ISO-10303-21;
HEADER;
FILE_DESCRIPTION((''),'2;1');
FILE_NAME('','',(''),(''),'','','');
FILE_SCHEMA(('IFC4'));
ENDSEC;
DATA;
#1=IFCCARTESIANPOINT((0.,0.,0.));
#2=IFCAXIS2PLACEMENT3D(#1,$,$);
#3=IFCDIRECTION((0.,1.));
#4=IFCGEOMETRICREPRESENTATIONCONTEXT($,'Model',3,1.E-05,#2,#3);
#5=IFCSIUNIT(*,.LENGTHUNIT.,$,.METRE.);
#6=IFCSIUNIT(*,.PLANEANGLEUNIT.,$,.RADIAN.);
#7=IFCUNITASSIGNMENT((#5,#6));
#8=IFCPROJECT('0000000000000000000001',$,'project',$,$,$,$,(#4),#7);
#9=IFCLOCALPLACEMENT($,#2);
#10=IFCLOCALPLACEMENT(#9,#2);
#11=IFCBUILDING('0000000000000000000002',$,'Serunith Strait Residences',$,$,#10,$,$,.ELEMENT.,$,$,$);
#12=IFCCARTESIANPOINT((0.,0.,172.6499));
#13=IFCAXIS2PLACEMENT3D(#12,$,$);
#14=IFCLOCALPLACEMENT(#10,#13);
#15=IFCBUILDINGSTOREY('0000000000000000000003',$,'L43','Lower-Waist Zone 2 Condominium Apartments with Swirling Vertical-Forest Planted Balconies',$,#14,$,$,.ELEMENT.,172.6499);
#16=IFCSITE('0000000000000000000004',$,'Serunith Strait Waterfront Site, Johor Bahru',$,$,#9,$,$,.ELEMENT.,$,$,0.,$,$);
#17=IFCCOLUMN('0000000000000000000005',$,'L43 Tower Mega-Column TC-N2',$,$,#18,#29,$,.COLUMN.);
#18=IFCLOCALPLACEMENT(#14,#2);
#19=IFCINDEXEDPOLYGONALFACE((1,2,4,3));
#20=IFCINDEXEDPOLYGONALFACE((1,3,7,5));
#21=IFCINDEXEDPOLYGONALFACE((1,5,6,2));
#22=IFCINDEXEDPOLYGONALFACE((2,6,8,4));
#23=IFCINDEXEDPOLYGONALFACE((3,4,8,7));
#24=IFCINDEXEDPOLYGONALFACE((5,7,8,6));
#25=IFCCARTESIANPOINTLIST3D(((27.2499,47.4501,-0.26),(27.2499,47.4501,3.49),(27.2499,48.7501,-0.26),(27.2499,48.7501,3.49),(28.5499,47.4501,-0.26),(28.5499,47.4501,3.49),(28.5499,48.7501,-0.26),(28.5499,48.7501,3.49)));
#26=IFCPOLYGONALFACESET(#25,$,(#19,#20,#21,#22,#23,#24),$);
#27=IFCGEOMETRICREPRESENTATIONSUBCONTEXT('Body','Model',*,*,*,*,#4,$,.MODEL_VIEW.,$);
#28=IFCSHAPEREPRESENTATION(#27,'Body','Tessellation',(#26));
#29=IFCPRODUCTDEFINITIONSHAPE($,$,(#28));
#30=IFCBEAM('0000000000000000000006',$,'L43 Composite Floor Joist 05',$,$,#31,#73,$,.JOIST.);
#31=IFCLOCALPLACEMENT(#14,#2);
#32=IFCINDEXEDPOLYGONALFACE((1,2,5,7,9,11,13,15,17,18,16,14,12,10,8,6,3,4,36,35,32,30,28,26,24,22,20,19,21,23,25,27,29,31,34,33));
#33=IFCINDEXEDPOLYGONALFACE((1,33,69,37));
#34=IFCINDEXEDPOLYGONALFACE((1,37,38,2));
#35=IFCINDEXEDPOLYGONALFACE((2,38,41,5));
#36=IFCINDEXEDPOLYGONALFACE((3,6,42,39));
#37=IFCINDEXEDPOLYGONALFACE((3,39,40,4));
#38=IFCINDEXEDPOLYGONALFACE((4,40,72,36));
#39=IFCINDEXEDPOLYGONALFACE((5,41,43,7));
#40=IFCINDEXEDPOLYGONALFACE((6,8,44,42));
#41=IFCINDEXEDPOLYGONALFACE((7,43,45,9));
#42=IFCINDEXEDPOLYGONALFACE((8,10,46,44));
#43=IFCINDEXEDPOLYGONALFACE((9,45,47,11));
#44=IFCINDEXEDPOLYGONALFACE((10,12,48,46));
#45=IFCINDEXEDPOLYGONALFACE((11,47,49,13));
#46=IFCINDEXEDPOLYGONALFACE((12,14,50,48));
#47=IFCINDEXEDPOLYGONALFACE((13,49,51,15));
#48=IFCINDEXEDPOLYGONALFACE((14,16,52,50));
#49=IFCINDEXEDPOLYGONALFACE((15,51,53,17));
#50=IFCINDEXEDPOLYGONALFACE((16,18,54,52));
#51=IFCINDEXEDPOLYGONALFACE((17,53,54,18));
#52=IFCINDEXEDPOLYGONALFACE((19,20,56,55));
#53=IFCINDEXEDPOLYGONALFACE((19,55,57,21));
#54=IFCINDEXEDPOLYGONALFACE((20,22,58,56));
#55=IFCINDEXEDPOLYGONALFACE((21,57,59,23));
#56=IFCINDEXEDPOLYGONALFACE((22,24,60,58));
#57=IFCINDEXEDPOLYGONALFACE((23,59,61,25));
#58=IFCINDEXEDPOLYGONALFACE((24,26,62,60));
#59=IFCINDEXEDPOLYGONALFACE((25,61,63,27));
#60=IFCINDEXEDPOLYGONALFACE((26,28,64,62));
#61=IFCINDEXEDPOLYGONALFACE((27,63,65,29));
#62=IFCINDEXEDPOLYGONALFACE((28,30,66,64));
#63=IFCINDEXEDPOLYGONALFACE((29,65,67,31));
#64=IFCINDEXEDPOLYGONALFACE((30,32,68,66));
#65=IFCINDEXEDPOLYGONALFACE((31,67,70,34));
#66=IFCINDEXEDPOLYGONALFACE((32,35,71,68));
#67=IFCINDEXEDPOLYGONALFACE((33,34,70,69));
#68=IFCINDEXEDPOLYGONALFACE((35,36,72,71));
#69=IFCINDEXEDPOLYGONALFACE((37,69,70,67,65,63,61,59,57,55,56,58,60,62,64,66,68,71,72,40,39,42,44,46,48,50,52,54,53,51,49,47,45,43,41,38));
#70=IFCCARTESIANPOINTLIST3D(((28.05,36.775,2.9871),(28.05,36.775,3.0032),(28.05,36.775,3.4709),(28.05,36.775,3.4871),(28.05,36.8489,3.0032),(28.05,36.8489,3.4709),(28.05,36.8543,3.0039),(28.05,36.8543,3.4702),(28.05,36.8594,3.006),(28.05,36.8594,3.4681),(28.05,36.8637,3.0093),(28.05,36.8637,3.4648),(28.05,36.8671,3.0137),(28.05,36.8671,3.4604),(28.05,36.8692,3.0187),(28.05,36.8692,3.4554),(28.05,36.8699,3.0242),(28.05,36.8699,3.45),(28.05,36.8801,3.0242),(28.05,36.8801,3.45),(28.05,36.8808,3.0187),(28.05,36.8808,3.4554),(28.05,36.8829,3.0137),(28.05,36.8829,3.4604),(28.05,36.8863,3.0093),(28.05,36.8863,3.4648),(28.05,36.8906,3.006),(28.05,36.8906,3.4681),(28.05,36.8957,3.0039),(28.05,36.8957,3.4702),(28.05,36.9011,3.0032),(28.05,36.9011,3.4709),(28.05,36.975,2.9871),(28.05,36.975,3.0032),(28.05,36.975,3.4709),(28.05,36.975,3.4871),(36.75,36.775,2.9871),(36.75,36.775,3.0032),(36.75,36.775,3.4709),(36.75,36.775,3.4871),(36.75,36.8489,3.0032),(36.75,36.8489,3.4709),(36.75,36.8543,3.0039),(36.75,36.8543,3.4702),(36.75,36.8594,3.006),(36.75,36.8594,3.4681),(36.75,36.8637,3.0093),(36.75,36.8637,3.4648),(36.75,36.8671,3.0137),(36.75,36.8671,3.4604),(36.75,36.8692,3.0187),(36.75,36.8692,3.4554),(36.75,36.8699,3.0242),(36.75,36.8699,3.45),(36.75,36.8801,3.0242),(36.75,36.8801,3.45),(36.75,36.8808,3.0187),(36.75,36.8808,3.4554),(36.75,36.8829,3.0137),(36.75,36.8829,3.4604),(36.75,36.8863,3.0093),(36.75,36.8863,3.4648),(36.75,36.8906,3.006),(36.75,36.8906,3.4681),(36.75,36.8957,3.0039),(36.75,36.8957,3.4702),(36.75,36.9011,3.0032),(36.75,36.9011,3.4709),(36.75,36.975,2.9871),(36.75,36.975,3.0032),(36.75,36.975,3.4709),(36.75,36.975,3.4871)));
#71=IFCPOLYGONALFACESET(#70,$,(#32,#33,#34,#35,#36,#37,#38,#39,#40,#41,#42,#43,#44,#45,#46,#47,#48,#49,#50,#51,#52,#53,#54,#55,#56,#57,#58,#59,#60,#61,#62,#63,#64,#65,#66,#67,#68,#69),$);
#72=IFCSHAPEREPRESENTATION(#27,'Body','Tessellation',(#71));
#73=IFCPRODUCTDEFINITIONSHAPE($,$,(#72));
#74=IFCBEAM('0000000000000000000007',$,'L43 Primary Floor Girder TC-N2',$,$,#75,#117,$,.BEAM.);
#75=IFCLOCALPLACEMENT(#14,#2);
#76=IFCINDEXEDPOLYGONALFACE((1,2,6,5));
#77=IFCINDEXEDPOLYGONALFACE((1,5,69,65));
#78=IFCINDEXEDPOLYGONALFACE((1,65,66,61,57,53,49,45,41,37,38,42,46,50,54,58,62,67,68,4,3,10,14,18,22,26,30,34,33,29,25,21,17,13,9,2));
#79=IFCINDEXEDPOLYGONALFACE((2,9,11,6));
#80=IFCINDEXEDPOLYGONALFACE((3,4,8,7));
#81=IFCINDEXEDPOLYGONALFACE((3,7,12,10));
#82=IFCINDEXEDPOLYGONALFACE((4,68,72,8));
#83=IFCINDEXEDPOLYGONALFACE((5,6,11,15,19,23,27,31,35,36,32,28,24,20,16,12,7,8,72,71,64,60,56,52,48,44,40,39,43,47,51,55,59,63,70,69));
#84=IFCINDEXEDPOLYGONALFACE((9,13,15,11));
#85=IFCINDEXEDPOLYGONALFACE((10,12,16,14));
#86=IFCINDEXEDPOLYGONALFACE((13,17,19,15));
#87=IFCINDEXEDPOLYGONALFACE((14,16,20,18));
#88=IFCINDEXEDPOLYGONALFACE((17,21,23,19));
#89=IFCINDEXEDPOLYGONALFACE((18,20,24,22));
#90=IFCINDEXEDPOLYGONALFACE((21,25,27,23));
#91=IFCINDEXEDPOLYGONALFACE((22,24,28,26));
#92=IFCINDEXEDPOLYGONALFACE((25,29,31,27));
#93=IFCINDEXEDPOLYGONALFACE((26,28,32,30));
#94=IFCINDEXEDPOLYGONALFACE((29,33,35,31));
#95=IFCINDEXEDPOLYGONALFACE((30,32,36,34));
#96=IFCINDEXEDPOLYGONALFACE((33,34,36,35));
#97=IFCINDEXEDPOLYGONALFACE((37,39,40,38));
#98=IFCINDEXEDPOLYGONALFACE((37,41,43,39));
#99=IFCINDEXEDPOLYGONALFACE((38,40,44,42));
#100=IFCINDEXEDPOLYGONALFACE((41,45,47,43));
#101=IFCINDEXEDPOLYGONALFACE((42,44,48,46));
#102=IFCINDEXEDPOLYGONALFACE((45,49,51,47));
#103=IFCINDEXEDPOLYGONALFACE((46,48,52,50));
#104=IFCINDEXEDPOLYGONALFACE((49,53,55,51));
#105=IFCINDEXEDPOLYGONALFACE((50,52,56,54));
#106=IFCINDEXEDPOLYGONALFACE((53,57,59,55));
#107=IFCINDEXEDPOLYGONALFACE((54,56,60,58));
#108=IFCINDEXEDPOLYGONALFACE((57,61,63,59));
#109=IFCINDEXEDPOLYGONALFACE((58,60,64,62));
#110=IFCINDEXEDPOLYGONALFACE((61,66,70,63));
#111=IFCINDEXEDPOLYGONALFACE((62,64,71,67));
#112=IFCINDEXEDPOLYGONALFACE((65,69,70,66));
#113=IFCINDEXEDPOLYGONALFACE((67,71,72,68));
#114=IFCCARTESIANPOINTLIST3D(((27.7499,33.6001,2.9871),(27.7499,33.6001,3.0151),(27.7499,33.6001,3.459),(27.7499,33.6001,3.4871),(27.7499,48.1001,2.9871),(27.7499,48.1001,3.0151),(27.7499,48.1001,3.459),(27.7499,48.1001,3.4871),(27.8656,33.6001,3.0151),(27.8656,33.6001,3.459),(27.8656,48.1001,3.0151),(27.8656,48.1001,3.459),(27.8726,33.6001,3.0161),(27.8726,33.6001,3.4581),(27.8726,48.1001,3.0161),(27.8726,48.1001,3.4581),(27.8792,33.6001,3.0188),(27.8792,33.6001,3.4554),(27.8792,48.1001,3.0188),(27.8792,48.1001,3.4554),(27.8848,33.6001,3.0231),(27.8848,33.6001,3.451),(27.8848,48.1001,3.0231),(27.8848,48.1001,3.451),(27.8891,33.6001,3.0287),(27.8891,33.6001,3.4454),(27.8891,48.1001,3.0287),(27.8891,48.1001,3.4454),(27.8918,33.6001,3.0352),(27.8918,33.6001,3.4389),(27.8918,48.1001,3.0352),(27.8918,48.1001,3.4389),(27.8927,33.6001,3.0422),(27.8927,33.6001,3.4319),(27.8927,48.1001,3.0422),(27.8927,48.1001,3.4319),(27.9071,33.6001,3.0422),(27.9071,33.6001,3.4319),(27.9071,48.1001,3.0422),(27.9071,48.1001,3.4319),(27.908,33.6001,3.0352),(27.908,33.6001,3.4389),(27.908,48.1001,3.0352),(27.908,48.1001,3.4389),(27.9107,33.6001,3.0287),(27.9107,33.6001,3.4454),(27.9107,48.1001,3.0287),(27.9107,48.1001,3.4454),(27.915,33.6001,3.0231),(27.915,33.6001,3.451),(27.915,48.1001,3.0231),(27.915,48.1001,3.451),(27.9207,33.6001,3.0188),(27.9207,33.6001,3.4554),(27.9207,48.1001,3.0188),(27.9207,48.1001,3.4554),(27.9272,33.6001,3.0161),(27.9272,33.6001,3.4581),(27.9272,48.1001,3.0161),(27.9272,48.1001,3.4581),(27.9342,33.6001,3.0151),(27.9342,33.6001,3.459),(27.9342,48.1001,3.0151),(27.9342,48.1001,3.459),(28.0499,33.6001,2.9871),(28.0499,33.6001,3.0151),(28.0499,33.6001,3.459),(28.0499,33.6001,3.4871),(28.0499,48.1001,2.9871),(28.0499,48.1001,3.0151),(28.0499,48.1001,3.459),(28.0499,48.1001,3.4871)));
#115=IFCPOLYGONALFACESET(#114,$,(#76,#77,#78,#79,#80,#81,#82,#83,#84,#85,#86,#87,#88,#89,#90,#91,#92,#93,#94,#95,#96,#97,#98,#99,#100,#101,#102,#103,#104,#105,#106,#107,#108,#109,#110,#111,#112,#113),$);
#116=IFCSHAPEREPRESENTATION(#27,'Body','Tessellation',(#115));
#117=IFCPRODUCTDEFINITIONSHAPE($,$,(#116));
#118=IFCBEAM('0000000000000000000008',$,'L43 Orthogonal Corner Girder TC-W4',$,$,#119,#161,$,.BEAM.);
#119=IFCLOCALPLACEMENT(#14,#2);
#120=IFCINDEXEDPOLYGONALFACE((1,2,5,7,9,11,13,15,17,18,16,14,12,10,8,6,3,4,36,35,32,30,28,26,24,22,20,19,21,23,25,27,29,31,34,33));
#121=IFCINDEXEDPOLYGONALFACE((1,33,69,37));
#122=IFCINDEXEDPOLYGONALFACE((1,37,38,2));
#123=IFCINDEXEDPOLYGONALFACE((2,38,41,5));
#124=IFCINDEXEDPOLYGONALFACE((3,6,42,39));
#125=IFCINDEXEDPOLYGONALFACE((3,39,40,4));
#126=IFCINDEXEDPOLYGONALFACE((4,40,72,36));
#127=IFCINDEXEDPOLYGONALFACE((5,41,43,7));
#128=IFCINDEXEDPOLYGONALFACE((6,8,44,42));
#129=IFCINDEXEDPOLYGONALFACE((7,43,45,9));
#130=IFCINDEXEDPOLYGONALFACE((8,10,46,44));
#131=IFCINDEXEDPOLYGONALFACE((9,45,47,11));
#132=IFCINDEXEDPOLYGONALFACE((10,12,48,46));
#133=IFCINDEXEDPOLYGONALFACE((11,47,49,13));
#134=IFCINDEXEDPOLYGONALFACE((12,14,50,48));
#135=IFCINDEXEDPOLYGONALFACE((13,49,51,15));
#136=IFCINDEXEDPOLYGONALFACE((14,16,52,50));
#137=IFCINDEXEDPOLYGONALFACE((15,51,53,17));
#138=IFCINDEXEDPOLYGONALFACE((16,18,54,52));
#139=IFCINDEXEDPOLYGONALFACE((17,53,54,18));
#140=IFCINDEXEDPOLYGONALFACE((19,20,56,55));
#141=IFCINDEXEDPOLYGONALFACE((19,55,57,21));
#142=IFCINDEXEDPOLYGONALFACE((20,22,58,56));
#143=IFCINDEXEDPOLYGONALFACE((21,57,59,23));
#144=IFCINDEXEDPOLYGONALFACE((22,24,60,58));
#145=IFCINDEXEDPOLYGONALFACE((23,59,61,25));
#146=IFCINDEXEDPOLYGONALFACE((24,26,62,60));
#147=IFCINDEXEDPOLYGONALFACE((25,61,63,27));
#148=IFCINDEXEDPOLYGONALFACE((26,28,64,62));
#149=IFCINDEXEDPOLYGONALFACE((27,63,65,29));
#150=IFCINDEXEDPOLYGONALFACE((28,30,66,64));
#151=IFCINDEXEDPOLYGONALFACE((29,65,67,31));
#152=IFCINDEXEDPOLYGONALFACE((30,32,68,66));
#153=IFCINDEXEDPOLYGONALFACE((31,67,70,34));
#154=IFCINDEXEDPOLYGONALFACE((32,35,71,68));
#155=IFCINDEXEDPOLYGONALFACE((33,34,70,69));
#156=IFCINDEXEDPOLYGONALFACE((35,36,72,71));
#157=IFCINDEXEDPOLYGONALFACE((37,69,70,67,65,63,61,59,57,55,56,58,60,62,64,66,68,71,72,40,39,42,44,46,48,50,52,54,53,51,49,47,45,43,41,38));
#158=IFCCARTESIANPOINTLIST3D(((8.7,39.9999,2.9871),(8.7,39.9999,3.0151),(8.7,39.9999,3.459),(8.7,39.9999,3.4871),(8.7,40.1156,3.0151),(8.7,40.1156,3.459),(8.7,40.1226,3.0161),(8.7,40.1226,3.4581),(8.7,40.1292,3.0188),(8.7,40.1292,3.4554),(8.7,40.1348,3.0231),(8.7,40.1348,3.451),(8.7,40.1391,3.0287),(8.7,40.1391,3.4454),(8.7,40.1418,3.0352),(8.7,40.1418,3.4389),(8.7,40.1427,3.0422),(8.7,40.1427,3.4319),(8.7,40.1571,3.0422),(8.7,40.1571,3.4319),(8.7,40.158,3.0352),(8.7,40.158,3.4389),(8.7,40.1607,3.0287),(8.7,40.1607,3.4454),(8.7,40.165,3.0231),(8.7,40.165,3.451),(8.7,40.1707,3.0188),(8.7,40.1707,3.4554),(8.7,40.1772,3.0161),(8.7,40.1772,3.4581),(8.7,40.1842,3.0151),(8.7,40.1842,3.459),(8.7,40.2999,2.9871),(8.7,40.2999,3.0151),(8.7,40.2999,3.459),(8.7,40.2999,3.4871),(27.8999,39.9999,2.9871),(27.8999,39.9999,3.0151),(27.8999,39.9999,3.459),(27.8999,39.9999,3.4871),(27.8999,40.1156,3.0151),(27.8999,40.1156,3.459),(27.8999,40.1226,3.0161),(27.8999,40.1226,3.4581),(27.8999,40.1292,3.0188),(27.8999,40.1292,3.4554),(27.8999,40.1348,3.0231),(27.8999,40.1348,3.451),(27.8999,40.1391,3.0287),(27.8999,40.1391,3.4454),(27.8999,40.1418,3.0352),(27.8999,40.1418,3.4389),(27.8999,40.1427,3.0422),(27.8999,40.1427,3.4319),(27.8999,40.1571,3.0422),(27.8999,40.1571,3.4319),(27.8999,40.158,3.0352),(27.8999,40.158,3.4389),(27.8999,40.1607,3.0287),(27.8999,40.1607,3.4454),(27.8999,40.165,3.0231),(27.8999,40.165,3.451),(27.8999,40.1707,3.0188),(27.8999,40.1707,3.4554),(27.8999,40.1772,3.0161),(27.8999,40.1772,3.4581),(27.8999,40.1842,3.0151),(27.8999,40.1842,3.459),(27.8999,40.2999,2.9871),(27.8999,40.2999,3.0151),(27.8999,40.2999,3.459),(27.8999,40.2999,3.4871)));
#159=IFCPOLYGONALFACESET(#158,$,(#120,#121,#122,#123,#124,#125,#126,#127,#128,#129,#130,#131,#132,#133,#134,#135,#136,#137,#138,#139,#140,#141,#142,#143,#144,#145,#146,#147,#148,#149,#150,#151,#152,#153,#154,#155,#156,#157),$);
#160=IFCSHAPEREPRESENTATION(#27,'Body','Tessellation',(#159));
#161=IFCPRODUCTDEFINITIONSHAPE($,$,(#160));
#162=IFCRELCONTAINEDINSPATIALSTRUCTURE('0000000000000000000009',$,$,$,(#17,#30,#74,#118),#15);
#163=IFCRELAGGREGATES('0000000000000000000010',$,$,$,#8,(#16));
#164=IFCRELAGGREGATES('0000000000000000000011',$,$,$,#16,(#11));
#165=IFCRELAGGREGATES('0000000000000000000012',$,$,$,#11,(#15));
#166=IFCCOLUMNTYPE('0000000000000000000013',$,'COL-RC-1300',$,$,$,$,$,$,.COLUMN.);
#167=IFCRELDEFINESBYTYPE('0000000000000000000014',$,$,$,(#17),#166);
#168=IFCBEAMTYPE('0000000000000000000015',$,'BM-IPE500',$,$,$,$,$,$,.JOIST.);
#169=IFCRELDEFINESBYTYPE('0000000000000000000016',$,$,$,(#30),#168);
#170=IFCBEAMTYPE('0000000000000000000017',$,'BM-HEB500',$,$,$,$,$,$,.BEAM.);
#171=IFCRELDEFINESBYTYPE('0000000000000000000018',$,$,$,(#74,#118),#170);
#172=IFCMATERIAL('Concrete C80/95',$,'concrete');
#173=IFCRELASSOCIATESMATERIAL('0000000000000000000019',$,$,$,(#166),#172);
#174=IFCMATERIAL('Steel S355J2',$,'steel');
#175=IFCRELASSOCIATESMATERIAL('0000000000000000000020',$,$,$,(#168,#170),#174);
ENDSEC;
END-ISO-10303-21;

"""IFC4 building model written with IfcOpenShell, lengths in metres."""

from ifc_helpers import new_model, si_unit, direction, frame, origin, origin_2d, place, context, subcontext, project, spatial, rectangle, i_section, extrude, source, transform, mapped, material, material_profile, profile_set, type_object, element, save


model = new_model("IFC4")

# Units and contexts
model_context = context("Model", 3, precision=1e-05, world=origin(), true_north=direction((0.0, 1.0)))
body_context = subcontext(model_context, "Body", "Model", "MODEL_VIEW")
ifc_project = project(units=[si_unit("LENGTHUNIT", "METRE"), si_unit("PLANEANGLEUNIT", "RADIAN")], contexts=[model_context])

# Site, building, storey
site_placement = place(None, origin())
site = spatial("IfcSite", under=ifc_project, at=site_placement, Name="Serunith Strait Waterfront Site, Johor Bahru", CompositionType="ELEMENT", RefElevation=0.0)
building_placement = place(site_placement, origin())
building = spatial("IfcBuilding", under=site, at=building_placement, Name="Serunith Strait Residences", CompositionType="ELEMENT")
storey_placement = place(building_placement, frame((0.0, 0.0, 172.6499)))
storey = spatial("IfcBuildingStorey", under=building, at=storey_placement, Name="L43", Description="Lower-Waist Zone 2 Condominium Apartments with Swirling Vertical-Forest Planted Balconies", CompositionType="ELEMENT", Elevation=172.6499)

# Column
ifc_material_1 = material(Name="Concrete C80/95", Category="concrete")
ifc_material_profile_1 = material_profile(ifc_material_1, rectangle(XDim=1.3, YDim=1.3, at=origin_2d()), Name="RC 1300x1300")
ifc_profile_set_1 = profile_set([ifc_material_profile_1], Name="Concrete C80/95")
column_type = type_object("IfcColumnType", Name="COL-RC-1300", PredefinedType="COLUMN", material=ifc_profile_set_1)
shared_shape_1 = source(origin(), body_context, "Body", "SweptSolid", [
    extrude(rectangle(XDim=1.3, YDim=1.3, at=origin_2d()), origin(), (0.0, 0.0, 1.0), 3.75),
])
column_placement = place(storey_placement, frame((27.8999, 48.1001, -0.26), z_axis=(0.0, 0.0, 1.0), x_axis=(1.0, 0.0, 0.0)))
element("IfcColumn", 1, at=column_placement, inside=storey, type_object=column_type, Name="L43 Tower Mega-Column TC-N2", PredefinedType="COLUMN", context=body_context, shape_type="MappedRepresentation", body=[
    mapped(shared_shape_1, transform((0.0, 0.0, 0.0), scale=1.0)),
])

# Beams
ifc_material_2 = material(Name="Steel S355J2", Category="steel")
ifc_material_profile_2 = material_profile(ifc_material_2, i_section(OverallWidth=0.2, OverallDepth=0.5, WebThickness=0.0103, FlangeThickness=0.0161, FilletRadius=0.021, at=origin_2d()), Name="IPE 500")
ifc_profile_set_2 = profile_set([ifc_material_profile_2], Name="Steel S355J2")
beam_type_1 = type_object("IfcBeamType", Name="BM-IPE500", PredefinedType="JOIST", material=ifc_profile_set_2)
shared_shape_2 = source(origin(), body_context, "Body", "SweptSolid", [
    extrude(i_section(OverallWidth=0.2, OverallDepth=0.5, WebThickness=0.0103, FlangeThickness=0.0161, FilletRadius=0.021, at=origin_2d()), origin(), (0.0, 0.0, 1.0), 8.7),
])
beam_1_placement = place(storey_placement, frame((28.05, 36.875, 3.2371), z_axis=(1.0, 0.0, 0.0), x_axis=(0.0, 1.0, 0.0)))
element("IfcBeam", 2, at=beam_1_placement, inside=storey, type_object=beam_type_1, Name="L43 Composite Floor Joist 05", PredefinedType="JOIST", context=body_context, shape_type="MappedRepresentation", body=[
    mapped(shared_shape_2, transform((0.0, 0.0, 0.0), scale=1.0)),
])
ifc_material_profile_3 = material_profile(ifc_material_2, i_section(OverallWidth=0.3, OverallDepth=0.5, WebThickness=0.0144, FlangeThickness=0.0281, FilletRadius=0.0271, at=origin_2d()), Name="HEB 500")
ifc_profile_set_3 = profile_set([ifc_material_profile_3], Name="Steel S355J2")
beam_type_2 = type_object("IfcBeamType", Name="BM-HEB500", PredefinedType="BEAM", material=ifc_profile_set_3)
shared_shape_3 = source(origin(), body_context, "Body", "SweptSolid", [
    extrude(i_section(OverallWidth=0.3, OverallDepth=0.5, WebThickness=0.0144, FlangeThickness=0.0281, FilletRadius=0.0271, at=origin_2d()), origin(), (0.0, 0.0, 1.0), 14.5),
])
beam_2_placement = place(storey_placement, frame((27.8999, 33.6001, 3.2371), z_axis=(0.0, 1.0, 0.0), x_axis=(-1.0, 0.0, 0.0)))
element("IfcBeam", 3, at=beam_2_placement, inside=storey, type_object=beam_type_2, Name="L43 Primary Floor Girder TC-N2", PredefinedType="BEAM", context=body_context, shape_type="MappedRepresentation", body=[
    mapped(shared_shape_3, transform((0.0, 0.0, 0.0), scale=1.0)),
])
shared_shape_4 = source(origin(), body_context, "Body", "SweptSolid", [
    extrude(i_section(OverallWidth=0.3, OverallDepth=0.5, WebThickness=0.0144, FlangeThickness=0.0281, FilletRadius=0.0271, at=origin_2d()), origin(), (0.0, 0.0, 1.0), 19.2),
])
beam_3_placement = place(storey_placement, frame((27.8999, 40.1499, 3.2371), z_axis=(-1.0, 0.0, 0.0), x_axis=(0.0, -1.0, 0.0)))
element("IfcBeam", 4, at=beam_3_placement, inside=storey, type_object=beam_type_2, Name="L43 Orthogonal Corner Girder TC-W4", PredefinedType="BEAM", context=body_context, shape_type="MappedRepresentation", body=[
    mapped(shared_shape_4, transform((0.0, 0.0, 0.0), scale=1.0)),
])

save(model, "model.ifc")
